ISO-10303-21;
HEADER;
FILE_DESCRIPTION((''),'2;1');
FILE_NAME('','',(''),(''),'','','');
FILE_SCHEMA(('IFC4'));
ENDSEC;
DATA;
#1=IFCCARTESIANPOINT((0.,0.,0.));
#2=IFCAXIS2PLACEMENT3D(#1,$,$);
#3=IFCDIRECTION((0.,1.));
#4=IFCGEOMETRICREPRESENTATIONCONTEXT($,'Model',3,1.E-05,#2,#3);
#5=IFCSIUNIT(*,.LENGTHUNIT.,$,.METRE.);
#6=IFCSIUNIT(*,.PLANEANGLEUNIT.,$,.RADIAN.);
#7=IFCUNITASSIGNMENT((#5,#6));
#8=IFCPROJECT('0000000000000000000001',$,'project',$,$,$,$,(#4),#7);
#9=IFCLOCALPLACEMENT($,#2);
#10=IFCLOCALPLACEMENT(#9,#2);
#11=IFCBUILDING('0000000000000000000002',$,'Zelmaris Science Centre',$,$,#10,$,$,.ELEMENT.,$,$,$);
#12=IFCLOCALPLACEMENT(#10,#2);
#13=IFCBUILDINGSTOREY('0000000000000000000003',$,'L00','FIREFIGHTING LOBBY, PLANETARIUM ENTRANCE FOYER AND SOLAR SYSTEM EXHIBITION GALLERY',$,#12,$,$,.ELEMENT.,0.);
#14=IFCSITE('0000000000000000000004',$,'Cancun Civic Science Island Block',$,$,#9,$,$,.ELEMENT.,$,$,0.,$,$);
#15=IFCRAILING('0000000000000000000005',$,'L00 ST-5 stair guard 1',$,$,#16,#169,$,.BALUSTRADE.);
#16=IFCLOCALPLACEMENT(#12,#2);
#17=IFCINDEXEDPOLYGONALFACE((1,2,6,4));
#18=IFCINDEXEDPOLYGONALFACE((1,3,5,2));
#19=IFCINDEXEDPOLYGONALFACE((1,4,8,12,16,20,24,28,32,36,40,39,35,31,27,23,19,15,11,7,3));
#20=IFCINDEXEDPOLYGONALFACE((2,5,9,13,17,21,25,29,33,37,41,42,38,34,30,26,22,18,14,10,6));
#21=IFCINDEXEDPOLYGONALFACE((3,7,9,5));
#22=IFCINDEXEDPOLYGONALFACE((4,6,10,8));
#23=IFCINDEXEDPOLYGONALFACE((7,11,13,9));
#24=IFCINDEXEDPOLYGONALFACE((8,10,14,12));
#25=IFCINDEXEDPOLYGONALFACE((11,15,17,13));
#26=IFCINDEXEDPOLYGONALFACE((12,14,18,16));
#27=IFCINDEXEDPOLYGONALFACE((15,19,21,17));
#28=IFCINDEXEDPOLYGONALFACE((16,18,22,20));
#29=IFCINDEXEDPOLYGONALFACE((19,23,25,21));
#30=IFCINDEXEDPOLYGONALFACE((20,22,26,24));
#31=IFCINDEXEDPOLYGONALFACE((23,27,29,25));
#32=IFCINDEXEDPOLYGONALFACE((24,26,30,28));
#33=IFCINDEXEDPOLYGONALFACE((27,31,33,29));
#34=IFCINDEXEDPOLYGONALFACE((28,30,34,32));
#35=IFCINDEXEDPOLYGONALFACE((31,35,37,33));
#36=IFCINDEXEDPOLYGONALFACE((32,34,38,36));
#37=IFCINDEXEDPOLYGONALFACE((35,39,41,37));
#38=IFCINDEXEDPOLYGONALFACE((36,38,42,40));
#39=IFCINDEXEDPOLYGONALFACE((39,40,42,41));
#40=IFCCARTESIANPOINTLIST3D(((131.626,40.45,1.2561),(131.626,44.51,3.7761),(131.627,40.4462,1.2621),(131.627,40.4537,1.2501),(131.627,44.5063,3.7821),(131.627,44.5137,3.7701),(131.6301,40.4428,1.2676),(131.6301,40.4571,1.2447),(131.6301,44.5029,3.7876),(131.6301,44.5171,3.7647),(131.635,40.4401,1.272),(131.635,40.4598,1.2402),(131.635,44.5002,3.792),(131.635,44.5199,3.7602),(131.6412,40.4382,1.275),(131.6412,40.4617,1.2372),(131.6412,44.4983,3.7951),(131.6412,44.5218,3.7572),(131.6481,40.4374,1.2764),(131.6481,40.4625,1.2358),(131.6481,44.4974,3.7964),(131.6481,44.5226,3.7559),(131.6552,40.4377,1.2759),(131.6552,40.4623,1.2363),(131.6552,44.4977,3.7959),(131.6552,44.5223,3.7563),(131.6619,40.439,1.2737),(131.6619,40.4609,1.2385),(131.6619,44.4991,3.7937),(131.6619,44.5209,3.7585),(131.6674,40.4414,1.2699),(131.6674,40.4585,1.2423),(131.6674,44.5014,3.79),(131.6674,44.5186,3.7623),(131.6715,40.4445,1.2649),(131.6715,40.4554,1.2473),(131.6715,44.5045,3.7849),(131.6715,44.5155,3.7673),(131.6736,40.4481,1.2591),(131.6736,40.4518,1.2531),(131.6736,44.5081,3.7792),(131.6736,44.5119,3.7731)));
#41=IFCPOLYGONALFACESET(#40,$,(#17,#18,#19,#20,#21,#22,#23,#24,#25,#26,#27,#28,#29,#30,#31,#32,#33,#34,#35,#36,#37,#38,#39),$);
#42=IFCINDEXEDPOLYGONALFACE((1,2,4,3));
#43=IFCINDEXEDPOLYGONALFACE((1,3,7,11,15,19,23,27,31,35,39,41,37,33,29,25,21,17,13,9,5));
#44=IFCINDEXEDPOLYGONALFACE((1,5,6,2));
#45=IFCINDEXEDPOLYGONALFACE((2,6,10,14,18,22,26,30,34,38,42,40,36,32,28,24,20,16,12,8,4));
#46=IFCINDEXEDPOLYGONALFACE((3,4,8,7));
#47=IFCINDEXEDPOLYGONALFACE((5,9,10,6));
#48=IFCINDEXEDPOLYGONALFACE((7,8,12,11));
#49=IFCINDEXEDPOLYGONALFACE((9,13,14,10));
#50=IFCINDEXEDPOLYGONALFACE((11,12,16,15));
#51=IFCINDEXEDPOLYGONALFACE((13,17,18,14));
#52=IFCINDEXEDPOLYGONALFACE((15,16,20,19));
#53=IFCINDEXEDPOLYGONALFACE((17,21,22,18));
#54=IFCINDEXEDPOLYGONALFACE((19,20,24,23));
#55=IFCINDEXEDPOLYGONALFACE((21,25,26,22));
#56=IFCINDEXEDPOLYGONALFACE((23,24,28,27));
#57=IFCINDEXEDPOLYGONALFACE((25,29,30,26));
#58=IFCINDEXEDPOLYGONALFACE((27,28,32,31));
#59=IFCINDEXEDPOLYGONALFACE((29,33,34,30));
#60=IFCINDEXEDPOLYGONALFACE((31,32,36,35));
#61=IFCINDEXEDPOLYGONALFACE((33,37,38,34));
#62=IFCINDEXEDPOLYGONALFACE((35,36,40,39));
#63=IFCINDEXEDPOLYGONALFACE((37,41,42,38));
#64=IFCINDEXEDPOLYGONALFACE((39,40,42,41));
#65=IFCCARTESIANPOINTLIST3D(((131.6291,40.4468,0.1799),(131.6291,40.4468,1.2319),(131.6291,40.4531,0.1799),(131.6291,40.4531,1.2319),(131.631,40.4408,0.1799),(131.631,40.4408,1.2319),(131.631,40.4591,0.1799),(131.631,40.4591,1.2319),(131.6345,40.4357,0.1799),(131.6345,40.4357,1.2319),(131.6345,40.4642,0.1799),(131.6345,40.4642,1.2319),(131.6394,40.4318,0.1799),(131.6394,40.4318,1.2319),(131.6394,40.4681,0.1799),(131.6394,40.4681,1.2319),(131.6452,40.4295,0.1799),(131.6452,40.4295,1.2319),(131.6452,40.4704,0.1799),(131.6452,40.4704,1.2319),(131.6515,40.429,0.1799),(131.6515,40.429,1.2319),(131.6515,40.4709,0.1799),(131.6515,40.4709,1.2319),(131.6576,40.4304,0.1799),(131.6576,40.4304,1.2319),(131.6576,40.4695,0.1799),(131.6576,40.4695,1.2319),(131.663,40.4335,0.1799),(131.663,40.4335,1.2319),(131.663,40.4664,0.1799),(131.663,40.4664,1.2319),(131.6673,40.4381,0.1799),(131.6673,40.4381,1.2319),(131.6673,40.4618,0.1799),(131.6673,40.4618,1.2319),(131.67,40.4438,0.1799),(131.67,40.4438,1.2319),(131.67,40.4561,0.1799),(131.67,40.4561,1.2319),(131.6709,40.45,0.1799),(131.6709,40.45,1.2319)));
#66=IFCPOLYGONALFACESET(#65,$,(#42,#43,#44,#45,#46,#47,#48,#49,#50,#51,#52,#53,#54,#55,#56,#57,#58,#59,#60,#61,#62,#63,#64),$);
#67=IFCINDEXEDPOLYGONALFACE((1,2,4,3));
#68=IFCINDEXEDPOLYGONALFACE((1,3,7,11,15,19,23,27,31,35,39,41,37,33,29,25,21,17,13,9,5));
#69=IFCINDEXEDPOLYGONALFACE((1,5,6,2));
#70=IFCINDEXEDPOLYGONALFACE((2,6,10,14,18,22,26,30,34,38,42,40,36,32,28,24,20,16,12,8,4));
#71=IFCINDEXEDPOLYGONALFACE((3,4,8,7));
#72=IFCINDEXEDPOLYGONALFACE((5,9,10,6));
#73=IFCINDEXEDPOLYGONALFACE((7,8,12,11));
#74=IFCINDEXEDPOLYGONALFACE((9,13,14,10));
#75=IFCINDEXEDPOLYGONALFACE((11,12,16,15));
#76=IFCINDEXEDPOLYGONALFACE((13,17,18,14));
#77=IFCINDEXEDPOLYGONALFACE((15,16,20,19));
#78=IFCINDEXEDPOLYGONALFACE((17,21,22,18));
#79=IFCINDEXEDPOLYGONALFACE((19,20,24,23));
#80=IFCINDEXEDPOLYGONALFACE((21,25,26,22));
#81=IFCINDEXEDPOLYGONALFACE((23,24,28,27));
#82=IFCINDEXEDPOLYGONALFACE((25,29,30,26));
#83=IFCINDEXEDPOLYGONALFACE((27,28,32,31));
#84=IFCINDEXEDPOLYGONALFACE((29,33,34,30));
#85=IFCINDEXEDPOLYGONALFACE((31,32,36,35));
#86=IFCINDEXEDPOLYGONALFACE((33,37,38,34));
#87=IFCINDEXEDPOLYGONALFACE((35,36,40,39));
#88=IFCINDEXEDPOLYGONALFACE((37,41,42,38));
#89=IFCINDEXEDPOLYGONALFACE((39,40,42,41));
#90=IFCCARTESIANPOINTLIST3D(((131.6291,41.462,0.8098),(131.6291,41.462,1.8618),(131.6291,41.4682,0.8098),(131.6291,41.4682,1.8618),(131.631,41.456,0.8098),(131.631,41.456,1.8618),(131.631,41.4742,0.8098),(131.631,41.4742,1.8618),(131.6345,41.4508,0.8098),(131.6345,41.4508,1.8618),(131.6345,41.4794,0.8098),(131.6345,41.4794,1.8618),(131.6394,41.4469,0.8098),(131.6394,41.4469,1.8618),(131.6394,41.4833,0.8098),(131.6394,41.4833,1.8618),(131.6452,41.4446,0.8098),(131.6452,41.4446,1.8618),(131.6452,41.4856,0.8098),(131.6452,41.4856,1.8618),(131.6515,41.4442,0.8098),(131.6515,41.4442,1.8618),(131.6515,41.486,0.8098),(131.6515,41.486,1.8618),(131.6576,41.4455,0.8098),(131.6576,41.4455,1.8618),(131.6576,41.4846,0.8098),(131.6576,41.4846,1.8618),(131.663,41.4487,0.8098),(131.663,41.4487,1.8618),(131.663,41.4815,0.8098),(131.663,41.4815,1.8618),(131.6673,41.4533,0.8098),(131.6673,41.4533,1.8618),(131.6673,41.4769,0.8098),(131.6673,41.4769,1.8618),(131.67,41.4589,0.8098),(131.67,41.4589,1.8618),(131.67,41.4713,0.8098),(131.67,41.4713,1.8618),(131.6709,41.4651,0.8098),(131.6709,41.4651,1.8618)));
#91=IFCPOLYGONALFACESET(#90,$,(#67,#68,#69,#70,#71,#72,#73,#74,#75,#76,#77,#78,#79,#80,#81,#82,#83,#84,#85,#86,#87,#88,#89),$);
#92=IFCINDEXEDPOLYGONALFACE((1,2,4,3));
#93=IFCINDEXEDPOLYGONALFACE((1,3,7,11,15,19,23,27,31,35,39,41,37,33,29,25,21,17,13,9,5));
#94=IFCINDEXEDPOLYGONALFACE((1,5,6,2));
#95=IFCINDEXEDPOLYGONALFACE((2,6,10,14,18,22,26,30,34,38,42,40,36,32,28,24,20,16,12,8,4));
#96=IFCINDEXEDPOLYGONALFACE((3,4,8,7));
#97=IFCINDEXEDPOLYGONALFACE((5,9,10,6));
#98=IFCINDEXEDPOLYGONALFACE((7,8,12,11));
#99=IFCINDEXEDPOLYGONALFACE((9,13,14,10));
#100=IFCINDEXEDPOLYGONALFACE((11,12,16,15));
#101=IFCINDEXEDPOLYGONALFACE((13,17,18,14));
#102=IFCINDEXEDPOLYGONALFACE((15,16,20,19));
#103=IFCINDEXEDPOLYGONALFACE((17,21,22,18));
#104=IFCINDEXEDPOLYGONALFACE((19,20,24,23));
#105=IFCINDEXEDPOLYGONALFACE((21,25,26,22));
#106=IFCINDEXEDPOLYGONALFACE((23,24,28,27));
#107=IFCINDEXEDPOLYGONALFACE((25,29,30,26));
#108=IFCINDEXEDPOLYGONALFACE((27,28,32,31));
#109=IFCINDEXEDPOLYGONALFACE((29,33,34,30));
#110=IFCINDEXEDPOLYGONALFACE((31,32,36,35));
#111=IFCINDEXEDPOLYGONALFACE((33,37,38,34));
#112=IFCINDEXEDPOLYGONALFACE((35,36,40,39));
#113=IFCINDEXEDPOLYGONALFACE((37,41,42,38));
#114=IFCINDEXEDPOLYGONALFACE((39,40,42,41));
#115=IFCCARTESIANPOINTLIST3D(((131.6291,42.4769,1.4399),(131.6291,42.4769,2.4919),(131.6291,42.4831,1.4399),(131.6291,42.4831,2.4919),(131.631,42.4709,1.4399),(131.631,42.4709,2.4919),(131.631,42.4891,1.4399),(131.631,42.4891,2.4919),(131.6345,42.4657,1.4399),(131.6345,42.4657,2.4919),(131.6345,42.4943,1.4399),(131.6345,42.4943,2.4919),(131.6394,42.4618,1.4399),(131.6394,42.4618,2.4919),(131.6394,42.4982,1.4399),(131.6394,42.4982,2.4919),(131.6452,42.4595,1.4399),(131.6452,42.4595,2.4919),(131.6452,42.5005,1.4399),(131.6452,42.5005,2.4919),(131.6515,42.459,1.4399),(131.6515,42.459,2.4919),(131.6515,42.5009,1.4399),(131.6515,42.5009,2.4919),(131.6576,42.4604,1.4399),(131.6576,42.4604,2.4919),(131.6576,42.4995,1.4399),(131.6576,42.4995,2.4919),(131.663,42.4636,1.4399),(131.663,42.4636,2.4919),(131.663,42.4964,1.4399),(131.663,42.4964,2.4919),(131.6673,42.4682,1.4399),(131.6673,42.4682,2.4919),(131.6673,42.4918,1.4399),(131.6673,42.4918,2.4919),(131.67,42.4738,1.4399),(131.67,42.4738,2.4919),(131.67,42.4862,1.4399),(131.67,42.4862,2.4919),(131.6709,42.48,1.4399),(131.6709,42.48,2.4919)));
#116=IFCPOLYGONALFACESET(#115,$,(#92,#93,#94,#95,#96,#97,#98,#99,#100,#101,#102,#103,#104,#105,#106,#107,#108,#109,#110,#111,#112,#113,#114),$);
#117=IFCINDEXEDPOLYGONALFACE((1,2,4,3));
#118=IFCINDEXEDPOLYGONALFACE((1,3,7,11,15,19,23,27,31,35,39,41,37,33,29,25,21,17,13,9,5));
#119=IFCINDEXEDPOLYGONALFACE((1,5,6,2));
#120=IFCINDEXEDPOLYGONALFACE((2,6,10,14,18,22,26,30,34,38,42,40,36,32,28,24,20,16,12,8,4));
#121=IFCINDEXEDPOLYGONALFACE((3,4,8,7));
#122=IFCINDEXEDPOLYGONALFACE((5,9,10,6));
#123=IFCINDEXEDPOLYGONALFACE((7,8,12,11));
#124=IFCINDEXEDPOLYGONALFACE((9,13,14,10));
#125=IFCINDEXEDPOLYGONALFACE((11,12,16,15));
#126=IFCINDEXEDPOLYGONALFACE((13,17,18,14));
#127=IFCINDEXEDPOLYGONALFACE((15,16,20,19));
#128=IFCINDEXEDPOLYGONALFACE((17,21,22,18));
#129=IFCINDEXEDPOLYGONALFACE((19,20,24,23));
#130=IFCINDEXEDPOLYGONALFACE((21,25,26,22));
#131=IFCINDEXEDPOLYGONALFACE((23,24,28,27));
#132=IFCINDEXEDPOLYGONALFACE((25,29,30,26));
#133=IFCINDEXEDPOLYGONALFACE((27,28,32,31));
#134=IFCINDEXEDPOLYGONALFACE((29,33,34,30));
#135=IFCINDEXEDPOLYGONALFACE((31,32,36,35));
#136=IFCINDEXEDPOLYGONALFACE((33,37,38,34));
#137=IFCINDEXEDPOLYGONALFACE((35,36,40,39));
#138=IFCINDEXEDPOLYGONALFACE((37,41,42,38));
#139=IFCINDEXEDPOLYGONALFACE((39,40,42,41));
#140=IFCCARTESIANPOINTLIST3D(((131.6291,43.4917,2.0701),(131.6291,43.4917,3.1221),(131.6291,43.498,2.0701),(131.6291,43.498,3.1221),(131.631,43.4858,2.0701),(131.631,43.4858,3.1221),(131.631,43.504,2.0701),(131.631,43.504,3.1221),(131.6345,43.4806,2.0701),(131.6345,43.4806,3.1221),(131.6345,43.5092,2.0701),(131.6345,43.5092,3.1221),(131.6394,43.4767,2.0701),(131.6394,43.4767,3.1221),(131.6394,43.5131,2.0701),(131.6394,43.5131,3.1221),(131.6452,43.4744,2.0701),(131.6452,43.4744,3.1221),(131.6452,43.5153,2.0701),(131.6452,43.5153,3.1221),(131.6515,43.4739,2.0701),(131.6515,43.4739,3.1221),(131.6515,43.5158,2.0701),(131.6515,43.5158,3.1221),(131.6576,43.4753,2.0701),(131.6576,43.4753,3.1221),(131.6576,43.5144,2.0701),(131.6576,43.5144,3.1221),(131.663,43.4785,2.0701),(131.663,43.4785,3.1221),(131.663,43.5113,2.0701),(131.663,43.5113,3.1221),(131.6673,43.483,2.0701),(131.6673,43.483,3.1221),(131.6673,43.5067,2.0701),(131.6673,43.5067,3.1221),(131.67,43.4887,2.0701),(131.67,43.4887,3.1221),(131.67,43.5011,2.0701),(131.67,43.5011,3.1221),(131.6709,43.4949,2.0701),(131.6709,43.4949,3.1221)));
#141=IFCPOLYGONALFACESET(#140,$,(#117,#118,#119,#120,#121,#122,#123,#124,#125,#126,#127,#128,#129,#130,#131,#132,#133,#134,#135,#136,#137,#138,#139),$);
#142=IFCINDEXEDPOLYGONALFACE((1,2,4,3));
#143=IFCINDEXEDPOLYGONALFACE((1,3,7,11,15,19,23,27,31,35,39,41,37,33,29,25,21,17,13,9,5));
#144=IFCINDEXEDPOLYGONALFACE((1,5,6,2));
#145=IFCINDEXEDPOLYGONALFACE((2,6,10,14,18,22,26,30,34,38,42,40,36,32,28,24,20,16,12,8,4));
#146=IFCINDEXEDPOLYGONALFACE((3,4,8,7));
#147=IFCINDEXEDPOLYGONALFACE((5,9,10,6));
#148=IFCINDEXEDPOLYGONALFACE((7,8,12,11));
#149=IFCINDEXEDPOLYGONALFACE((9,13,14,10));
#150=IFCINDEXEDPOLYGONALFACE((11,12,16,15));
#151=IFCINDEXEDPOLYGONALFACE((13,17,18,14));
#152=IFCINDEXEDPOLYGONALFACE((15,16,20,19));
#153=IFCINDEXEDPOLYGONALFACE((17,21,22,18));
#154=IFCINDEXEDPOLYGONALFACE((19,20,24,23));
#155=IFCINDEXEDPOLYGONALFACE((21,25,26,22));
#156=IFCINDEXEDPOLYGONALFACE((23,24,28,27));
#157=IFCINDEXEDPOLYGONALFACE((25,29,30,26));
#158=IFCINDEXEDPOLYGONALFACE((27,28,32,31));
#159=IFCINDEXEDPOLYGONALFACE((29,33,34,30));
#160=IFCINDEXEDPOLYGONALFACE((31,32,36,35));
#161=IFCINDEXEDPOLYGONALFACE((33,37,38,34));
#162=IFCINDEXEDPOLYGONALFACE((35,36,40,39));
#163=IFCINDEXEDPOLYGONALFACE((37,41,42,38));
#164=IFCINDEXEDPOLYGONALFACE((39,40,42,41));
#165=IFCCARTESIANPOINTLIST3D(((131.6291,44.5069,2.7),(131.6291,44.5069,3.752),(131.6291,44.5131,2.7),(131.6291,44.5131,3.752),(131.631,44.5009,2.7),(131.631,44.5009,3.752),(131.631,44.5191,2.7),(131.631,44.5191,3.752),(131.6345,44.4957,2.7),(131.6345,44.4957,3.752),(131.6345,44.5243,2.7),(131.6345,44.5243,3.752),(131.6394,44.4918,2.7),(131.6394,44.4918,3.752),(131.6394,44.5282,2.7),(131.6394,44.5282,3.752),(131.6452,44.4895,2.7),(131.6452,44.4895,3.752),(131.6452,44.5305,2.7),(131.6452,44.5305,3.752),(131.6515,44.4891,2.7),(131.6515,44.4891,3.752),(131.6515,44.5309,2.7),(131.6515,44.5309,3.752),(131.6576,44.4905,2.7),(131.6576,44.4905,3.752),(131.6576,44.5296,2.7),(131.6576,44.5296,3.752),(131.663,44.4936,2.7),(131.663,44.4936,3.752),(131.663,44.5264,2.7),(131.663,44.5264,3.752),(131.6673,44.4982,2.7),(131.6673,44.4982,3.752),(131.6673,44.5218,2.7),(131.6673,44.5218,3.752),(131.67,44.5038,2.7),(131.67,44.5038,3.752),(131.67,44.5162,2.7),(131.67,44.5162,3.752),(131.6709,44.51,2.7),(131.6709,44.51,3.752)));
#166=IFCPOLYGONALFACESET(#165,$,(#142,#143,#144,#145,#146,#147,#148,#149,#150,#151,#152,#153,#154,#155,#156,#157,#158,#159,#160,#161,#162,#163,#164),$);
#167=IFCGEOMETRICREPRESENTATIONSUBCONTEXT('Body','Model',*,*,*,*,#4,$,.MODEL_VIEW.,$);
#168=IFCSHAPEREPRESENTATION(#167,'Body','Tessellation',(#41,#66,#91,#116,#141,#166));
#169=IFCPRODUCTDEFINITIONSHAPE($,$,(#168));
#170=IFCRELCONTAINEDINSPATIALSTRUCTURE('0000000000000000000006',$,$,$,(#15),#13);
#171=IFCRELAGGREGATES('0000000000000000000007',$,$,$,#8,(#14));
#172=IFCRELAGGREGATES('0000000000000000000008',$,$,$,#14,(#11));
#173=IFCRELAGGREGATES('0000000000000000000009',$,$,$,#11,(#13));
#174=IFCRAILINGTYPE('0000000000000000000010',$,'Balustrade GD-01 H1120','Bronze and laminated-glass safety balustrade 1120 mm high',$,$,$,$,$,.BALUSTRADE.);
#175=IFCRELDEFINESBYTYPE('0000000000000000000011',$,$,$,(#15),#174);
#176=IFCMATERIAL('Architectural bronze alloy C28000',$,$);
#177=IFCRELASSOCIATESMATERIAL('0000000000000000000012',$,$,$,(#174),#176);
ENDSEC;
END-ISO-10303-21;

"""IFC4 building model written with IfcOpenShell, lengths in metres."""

from ifc_helpers import new_model, si_unit, direction, frame, origin, origin_2d, place, context, subcontext, project, spatial, circle, extrude, material, type_object, element, save


model = new_model("IFC4")

# Units and contexts
model_context = context("Model", 3, precision=1e-05, world=origin(), true_north=direction((0.0, 1.0)))
body_context = subcontext(model_context, "Body", "Model", "MODEL_VIEW")
ifc_project = project(units=[si_unit("LENGTHUNIT", "METRE"), si_unit("PLANEANGLEUNIT", "RADIAN")], contexts=[model_context])

# Site, building, storey
site_placement = place(None, origin())
site = spatial("IfcSite", under=ifc_project, at=site_placement, Name="Cancun Civic Science Island Block", CompositionType="ELEMENT", RefElevation=0.0)
building_placement = place(site_placement, origin())
building = spatial("IfcBuilding", under=site, at=building_placement, Name="Zelmaris Science Centre", CompositionType="ELEMENT")
storey_placement = place(building_placement, origin())
storey = spatial("IfcBuildingStorey", under=building, at=storey_placement, Name="L00", Description="FIREFIGHTING LOBBY, PLANETARIUM ENTRANCE FOYER AND SOLAR SYSTEM EXHIBITION GALLERY", CompositionType="ELEMENT", Elevation=0.0)

# Railing
ifc_material_1 = material(Name="Architectural bronze alloy C28000")
railing_type_1 = type_object("IfcRailingType", Name="Balustrade GD-01 H1120", Description="Bronze and laminated-glass safety balustrade 1120 mm high", PredefinedType="BALUSTRADE", material=ifc_material_1)
railing_1_placement = place(storey_placement, frame((131.6499, 40.45, 0.1799)))
element("IfcRailing", 1, at=railing_1_placement, inside=storey, type_object=railing_type_1, Name="L00 ST-5 stair guard 1", PredefinedType="BALUSTRADE", context=body_context, shape_type="SweptSolid", body=[
    extrude(circle(Radius=0.0239, at=origin_2d()), frame((0.0, 0.0, 1.0762), z_axis=(0.0, 0.849642, 0.52736), x_axis=(-1.0, 0.0, 0.0)), (0.0, 0.0, 1.0), 4.7786),
    extrude(circle(Radius=0.021, at=origin_2d()), origin(), (0.0, 0.0, 1.0), 1.052),
    extrude(circle(Radius=0.021, at=origin_2d()), frame((0.0, 1.0151, 0.6299)), (0.0, 0.0, 1.0), 1.052),
    extrude(circle(Radius=0.021, at=origin_2d()), frame((0.0, 2.03, 1.26)), (0.0, 0.0, 1.0), 1.052),
    extrude(circle(Radius=0.021, at=origin_2d()), frame((0.0, 3.0449, 1.8901)), (0.0, 0.0, 1.0), 1.052),
    extrude(circle(Radius=0.021, at=origin_2d()), frame((0.0, 4.0601, 2.52)), (0.0, 0.0, 1.0), 1.052),
])

save(model, "model.ifc")
